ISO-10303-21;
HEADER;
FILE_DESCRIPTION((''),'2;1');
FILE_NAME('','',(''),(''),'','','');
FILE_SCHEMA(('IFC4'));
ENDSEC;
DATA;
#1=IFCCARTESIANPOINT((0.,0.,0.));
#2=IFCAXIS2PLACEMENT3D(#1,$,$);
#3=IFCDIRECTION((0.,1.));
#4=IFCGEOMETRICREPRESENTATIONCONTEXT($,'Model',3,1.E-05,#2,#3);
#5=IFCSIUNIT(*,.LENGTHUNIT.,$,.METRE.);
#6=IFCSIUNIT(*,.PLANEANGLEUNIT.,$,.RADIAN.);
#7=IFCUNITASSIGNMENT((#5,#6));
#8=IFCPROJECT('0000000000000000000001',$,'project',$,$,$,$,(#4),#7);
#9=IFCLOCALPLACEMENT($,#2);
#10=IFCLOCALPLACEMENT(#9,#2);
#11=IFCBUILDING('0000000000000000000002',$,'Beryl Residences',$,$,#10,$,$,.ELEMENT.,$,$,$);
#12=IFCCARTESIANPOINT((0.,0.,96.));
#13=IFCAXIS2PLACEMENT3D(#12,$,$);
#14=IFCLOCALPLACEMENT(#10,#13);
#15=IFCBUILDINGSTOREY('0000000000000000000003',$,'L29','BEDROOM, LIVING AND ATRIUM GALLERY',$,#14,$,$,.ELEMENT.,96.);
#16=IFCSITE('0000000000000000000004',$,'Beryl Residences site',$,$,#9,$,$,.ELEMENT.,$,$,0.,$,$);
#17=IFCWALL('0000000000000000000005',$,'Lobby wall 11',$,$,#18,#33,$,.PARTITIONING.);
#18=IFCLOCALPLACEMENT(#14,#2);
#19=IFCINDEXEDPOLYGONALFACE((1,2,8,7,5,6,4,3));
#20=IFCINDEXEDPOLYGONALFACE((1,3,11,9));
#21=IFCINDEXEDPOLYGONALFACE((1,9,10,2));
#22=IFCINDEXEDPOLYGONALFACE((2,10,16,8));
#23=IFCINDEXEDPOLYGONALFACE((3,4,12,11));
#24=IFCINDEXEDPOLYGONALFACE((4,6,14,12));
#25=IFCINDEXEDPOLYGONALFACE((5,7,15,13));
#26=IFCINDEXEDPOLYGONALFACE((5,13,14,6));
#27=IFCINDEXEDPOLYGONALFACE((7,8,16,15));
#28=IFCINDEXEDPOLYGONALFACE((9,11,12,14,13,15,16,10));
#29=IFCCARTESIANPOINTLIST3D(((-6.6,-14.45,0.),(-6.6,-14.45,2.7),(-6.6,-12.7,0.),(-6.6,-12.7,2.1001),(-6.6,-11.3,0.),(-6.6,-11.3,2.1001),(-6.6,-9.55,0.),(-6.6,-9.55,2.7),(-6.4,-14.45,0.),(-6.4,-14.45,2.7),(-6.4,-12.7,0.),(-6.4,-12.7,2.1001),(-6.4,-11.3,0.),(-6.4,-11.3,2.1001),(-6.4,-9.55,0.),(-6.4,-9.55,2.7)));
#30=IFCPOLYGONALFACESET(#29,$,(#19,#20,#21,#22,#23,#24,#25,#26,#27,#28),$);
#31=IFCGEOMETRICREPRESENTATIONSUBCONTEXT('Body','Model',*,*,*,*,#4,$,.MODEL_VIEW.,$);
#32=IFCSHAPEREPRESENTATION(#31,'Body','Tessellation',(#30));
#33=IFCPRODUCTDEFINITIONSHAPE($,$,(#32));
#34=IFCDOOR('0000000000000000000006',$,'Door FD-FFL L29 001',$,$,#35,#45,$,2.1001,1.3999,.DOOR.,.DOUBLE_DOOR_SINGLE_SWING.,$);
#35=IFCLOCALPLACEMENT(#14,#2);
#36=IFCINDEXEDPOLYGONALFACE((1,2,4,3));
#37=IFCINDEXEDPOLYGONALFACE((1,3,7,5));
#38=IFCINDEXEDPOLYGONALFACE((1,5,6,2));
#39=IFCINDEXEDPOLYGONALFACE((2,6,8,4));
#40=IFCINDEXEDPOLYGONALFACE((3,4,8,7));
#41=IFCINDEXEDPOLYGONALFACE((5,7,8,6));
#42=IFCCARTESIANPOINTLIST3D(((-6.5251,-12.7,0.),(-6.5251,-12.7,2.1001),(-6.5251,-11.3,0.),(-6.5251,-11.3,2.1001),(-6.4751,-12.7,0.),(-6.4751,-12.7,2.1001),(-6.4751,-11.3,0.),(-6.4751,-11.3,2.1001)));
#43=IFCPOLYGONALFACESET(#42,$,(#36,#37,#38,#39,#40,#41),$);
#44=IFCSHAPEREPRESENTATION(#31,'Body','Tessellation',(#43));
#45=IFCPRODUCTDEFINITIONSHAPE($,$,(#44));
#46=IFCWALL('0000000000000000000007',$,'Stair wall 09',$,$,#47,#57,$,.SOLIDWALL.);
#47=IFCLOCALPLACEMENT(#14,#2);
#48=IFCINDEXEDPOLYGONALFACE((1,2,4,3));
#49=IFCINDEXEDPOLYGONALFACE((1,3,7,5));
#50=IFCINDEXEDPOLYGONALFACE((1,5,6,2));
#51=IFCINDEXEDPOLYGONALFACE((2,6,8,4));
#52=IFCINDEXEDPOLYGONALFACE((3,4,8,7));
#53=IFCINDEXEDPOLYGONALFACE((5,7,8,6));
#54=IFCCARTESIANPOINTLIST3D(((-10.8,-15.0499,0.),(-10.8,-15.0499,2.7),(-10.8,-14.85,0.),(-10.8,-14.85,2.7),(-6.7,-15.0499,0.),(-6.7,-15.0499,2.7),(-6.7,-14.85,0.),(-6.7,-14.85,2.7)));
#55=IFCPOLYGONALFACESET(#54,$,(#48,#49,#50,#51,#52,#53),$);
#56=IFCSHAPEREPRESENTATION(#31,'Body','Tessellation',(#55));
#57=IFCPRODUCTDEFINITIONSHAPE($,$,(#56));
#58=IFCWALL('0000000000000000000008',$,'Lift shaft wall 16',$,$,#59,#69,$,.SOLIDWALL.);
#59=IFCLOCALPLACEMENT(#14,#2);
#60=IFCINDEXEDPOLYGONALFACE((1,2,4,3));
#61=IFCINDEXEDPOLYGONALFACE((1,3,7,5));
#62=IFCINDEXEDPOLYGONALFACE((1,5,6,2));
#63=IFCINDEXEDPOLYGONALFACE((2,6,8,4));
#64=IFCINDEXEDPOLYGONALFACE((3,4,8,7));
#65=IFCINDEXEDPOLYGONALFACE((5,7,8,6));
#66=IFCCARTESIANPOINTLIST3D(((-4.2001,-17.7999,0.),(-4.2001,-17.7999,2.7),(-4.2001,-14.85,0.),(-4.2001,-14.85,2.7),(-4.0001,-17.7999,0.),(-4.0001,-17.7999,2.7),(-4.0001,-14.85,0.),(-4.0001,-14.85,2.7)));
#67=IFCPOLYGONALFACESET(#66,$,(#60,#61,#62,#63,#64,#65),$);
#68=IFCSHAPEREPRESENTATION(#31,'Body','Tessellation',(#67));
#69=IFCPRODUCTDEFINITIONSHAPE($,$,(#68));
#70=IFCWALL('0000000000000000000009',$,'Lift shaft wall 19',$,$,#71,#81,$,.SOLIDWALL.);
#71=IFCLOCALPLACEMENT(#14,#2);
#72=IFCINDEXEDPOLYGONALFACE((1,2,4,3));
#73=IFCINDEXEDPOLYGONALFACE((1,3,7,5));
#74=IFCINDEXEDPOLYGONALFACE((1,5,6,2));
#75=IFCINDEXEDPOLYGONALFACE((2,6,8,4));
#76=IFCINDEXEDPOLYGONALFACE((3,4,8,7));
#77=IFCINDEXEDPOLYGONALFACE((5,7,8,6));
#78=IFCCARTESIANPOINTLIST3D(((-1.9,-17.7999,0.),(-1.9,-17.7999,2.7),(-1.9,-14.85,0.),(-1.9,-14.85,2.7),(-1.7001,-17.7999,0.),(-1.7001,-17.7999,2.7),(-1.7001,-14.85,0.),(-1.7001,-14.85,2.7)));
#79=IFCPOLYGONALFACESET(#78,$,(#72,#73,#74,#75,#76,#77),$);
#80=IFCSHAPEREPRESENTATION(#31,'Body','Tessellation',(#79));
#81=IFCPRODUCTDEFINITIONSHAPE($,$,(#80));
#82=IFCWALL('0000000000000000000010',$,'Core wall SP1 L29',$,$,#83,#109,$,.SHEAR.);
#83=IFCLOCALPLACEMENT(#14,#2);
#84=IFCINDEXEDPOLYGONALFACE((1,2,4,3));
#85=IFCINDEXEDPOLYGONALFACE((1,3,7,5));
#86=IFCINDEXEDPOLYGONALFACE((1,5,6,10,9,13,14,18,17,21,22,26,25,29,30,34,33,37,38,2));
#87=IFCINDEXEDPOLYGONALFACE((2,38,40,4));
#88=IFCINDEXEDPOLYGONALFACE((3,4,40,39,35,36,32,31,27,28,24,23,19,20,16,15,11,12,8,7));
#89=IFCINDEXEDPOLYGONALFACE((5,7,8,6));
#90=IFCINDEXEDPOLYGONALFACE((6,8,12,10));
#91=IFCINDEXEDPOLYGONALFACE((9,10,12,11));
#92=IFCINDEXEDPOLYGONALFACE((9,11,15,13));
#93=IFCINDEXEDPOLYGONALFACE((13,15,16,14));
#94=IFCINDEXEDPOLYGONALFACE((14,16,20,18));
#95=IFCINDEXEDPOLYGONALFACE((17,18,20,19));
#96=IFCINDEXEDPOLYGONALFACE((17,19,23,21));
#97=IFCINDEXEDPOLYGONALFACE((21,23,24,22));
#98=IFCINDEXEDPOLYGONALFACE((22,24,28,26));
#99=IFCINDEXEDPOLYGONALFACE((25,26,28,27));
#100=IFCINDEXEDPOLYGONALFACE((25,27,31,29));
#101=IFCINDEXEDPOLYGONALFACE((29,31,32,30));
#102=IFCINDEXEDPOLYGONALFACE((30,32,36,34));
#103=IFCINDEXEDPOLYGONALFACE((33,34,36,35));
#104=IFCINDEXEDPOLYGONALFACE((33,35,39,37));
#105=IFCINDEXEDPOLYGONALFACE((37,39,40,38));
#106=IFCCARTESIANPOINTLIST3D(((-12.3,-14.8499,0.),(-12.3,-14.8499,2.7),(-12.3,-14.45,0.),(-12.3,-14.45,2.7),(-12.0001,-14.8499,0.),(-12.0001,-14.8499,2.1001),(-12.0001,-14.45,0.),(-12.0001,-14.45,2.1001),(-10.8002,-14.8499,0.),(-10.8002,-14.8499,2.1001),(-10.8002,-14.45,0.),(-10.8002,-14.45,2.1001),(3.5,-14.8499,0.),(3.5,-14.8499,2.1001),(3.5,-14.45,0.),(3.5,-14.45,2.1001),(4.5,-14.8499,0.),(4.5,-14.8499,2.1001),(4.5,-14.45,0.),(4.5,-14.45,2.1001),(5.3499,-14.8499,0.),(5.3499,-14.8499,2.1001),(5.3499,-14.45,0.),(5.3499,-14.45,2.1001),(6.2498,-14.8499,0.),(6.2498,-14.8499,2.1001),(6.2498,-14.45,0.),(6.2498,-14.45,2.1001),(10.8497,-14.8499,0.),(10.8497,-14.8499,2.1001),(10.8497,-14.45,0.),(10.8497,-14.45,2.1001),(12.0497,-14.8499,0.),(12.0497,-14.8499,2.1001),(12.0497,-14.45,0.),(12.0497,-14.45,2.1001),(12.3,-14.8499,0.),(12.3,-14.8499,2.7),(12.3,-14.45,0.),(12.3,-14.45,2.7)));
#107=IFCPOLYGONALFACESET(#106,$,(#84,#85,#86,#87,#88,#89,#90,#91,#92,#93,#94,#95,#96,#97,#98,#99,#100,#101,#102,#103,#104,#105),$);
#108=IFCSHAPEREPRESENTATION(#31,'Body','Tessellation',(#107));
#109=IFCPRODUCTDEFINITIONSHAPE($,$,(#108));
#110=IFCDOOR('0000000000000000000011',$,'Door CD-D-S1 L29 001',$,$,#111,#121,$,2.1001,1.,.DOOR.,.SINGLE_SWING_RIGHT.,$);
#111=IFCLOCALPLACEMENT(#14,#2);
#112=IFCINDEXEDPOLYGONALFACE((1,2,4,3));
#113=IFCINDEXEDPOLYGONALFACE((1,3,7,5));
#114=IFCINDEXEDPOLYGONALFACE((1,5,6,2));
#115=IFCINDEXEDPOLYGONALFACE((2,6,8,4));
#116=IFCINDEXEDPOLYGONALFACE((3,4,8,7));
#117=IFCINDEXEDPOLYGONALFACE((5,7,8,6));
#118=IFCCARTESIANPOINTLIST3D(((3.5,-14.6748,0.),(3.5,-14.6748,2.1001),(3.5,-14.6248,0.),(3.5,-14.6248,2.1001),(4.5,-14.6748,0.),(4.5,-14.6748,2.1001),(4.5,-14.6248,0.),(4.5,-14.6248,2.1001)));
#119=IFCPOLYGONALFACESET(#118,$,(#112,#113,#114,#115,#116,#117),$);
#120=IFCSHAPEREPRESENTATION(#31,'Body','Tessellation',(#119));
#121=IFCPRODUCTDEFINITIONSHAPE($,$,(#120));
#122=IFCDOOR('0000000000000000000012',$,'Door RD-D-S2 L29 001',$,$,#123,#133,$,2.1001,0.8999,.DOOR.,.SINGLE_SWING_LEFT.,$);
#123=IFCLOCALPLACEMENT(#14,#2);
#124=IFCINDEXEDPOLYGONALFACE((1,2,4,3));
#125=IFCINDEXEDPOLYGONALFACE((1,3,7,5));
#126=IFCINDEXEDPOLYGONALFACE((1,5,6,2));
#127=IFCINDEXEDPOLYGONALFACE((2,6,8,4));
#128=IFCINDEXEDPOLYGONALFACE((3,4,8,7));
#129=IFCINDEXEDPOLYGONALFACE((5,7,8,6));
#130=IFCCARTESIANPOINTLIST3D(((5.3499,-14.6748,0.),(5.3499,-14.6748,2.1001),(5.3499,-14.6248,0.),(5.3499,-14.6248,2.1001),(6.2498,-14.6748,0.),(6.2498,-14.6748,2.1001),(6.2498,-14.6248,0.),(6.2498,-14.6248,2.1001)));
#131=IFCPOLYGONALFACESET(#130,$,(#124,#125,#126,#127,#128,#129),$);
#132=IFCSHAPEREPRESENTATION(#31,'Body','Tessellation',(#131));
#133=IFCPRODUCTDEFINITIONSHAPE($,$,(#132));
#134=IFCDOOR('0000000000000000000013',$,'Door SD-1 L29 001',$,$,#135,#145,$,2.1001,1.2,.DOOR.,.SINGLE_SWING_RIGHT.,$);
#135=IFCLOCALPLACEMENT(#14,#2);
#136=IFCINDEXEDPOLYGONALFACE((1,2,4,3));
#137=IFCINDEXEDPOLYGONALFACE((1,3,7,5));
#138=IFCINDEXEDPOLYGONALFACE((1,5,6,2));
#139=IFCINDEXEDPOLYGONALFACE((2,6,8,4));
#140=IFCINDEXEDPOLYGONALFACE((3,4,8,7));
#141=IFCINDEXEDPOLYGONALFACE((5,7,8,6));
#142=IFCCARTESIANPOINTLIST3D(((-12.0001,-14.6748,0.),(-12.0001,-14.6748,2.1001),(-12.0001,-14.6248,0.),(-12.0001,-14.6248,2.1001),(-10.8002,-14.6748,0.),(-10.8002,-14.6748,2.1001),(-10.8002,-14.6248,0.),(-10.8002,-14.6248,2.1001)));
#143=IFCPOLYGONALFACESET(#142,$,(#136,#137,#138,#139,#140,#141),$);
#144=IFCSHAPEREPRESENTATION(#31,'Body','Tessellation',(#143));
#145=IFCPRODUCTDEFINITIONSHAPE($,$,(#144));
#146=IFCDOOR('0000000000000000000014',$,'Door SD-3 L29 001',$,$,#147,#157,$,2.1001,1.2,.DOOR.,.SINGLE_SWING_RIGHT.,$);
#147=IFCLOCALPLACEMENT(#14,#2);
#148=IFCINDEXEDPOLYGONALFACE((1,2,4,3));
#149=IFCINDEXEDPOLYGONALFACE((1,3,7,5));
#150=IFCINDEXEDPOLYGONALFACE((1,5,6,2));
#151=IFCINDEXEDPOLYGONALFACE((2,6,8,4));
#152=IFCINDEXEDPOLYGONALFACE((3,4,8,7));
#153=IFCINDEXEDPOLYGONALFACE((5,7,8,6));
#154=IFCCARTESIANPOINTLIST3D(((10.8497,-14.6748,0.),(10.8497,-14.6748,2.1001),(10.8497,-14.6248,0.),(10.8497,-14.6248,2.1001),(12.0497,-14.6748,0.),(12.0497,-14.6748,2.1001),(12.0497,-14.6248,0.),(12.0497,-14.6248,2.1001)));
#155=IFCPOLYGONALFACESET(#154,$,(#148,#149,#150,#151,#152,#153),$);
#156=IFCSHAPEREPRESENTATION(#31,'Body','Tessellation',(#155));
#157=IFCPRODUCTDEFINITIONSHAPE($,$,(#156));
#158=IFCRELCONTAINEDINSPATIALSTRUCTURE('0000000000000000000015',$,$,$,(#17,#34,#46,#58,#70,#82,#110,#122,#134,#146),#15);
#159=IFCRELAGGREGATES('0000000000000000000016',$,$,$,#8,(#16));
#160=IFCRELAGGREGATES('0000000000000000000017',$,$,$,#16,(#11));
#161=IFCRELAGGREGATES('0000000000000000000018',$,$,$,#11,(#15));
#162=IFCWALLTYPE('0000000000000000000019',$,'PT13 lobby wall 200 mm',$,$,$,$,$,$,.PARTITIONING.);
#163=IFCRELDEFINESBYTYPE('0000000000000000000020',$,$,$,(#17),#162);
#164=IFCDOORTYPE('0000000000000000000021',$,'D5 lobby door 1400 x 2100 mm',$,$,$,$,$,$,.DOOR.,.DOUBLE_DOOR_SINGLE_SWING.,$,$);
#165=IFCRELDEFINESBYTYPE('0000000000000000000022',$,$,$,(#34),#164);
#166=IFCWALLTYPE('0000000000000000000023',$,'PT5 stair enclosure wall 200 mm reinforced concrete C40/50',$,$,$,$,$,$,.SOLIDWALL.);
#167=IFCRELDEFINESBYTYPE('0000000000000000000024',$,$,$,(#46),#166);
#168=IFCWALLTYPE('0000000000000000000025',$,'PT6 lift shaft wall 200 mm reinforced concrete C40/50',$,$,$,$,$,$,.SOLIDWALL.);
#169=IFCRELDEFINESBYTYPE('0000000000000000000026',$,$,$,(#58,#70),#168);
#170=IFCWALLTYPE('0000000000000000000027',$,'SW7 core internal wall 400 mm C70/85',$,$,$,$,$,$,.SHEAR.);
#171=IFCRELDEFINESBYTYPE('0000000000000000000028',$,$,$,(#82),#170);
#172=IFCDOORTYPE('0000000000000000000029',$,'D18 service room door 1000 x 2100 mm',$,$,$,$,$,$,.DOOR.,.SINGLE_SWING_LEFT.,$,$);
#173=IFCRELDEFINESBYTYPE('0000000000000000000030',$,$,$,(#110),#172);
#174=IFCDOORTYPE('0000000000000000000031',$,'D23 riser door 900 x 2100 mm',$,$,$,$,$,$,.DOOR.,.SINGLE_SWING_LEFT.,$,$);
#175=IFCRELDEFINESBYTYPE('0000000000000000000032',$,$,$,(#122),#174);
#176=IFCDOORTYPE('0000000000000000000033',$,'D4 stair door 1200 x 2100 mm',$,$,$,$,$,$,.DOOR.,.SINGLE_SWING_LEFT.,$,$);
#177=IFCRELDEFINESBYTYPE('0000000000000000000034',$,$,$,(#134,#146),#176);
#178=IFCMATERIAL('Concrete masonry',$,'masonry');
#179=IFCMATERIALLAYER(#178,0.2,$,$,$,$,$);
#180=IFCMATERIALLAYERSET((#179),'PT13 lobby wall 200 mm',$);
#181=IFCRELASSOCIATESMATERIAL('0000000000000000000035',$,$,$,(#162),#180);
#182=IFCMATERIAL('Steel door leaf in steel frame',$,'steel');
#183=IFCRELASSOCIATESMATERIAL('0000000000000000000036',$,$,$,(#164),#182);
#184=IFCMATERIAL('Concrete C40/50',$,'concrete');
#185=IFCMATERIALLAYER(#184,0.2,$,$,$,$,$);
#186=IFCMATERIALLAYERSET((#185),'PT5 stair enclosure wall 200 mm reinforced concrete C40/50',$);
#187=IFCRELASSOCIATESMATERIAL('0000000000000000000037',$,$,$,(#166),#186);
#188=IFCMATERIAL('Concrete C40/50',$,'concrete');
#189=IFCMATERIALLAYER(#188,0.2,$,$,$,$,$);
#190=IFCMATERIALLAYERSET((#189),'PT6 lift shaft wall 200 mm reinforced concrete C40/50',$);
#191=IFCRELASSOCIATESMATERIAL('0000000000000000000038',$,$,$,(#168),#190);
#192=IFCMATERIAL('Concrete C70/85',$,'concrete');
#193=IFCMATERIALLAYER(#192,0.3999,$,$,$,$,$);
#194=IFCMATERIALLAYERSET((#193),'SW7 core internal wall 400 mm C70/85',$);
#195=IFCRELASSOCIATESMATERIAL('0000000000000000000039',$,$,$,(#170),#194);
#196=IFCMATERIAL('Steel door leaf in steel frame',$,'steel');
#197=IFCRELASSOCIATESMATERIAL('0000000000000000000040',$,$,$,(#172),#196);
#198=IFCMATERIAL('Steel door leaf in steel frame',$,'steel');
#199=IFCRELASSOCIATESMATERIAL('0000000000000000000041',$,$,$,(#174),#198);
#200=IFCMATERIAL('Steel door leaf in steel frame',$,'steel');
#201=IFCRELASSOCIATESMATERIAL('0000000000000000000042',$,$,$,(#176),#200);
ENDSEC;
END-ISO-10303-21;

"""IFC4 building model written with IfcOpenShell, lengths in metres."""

from ifc_helpers import new_model, si_unit, direction, frame, frame_2d, origin, place, context, subcontext, project, spatial, rectangle, extrude, material, layer, layer_set, type_object, element, fill, save


model = new_model("IFC4")

# Units and contexts
model_context = context("Model", 3, precision=1e-05, world=origin(), true_north=direction((0.0, 1.0)))
body_context = subcontext(model_context, "Body", "Model", "MODEL_VIEW")
ifc_project = project(units=[si_unit("LENGTHUNIT", "METRE"), si_unit("PLANEANGLEUNIT", "RADIAN")], contexts=[model_context])

# Site, building, storey
site_placement = place(None, origin())
site = spatial("IfcSite", under=ifc_project, at=site_placement, Name="Beryl Residences site", CompositionType="ELEMENT", RefElevation=0.0)
building_placement = place(site_placement, origin())
building = spatial("IfcBuilding", under=site, at=building_placement, Name="Beryl Residences", CompositionType="ELEMENT")
storey_placement = place(building_placement, frame((0.0, 0.0, 96.0)))
storey = spatial("IfcBuildingStorey", under=building, at=storey_placement, Name="L29", Description="BEDROOM, LIVING AND ATRIUM GALLERY", CompositionType="ELEMENT", Elevation=96.0)

# Wall, opening, door
ifc_material_1 = material(Name="Concrete masonry", Category="masonry")
ifc_layer_1 = layer(ifc_material_1, 0.2)
ifc_layer_set_1 = layer_set([ifc_layer_1], Name="PT13 lobby wall 200 mm")
wall_type_1 = type_object("IfcWallType", Name="PT13 lobby wall 200 mm", PredefinedType="PARTITIONING", material=ifc_layer_set_1)
wall_1_placement = place(storey_placement, frame((-6.5, -14.45, 0.0), z_axis=(0.0, 0.0, 1.0), x_axis=(0.0, 1.0, 0.0)))
wall_1 = element("IfcWall", 1, at=wall_1_placement, inside=storey, type_object=wall_type_1, Name="Lobby wall 11", PredefinedType="PARTITIONING", context=body_context, shape_type="SweptSolid", body=[
    extrude(rectangle(XDim=4.8999, YDim=0.2, at=frame_2d((2.45, 0.0))), origin(), (0.0, 0.0, 1.0), 2.7),
])
opening_1_placement = place(wall_1_placement, frame((3.1499, 0.0, 0.0), z_axis=(0.0, 0.0, 1.0), x_axis=(-1.0, 0.0, 0.0)))
opening_1 = element("IfcOpeningElement", 2, at=opening_1_placement, cuts=wall_1, PredefinedType="OPENING", context=body_context, shape_type="SweptSolid", body=[
    extrude(rectangle(XDim=1.3999, YDim=2.1001, at=frame_2d((0.7, 1.05))), frame((0.0, 0.1099, 0.0), z_axis=(0.0, -1.0, 0.0), x_axis=(1.0, 0.0, 0.0)), (0.0, 0.0, 1.0), 0.22),
])
ifc_material_2 = material(Name="Steel door leaf in steel frame", Category="steel")
door_type_1 = type_object("IfcDoorType", Name="D5 lobby door 1400 x 2100 mm", OperationType="DOUBLE_DOOR_SINGLE_SWING", PredefinedType="DOOR", material=ifc_material_2)
door_1_placement = place(opening_1_placement, origin())
door_1 = element("IfcDoor", 3, at=door_1_placement, inside=storey, type_object=door_type_1, Name="Door FD-FFL L29 001", OperationType="DOUBLE_DOOR_SINGLE_SWING", OverallHeight=2.1001, OverallWidth=1.3999, PredefinedType="DOOR", context=body_context, shape_type="SweptSolid", body=[
    extrude(rectangle(XDim=1.3999, YDim=2.1001, at=frame_2d((0.7, 1.05))), frame((0.0, 0.0249, 0.0), z_axis=(0.0, -1.0, 0.0), x_axis=(1.0, 0.0, 0.0)), (0.0, 0.0, 1.0), 0.05),
])
fill(opening_1, door_1)

# Walls
ifc_material_3 = material(Name="Concrete C40/50", Category="concrete")
ifc_layer_2 = layer(ifc_material_3, 0.2)
ifc_layer_set_2 = layer_set([ifc_layer_2], Name="PT5 stair enclosure wall 200 mm reinforced concrete C40/50")
wall_type_2 = type_object("IfcWallType", Name="PT5 stair enclosure wall 200 mm reinforced concrete C40/50", PredefinedType="SOLIDWALL", material=ifc_layer_set_2)
wall_2_placement = place(storey_placement, frame((-10.8, -14.95, 0.0), z_axis=(0.0, 0.0, 1.0), x_axis=(1.0, 0.0, 0.0)))
element("IfcWall", 4, at=wall_2_placement, inside=storey, type_object=wall_type_2, Name="Stair wall 09", PredefinedType="SOLIDWALL", context=body_context, shape_type="SweptSolid", body=[
    extrude(rectangle(XDim=4.1001, YDim=0.2, at=frame_2d((2.05, 0.0))), origin(), (0.0, 0.0, 1.0), 2.7),
])
ifc_material_4 = material(Name="Concrete C40/50", Category="concrete")
ifc_layer_3 = layer(ifc_material_4, 0.2)
ifc_layer_set_3 = layer_set([ifc_layer_3], Name="PT6 lift shaft wall 200 mm reinforced concrete C40/50")
wall_type_3 = type_object("IfcWallType", Name="PT6 lift shaft wall 200 mm reinforced concrete C40/50", PredefinedType="SOLIDWALL", material=ifc_layer_set_3)
for number, where, z_axis, x_axis, name in (
    (5, (-4.1001, -17.8, 0.0), (0.0, 0.0, 1.0), (0.0, 1.0, 0.0), "Lift shaft wall 16"),
    (6, (-1.8, -17.8, 0.0), (0.0, 0.0, 1.0), (0.0, 1.0, 0.0), "Lift shaft wall 19"),
):
    element("IfcWall", number, at=place(storey_placement, frame(where, z_axis=z_axis, x_axis=x_axis)), inside=storey, type_object=wall_type_3, Name=name, PredefinedType="SOLIDWALL", context=body_context, shape_type="SweptSolid", body=[
        extrude(rectangle(XDim=2.95, YDim=0.2, at=frame_2d((1.4751, 0.0))), origin(), (0.0, 0.0, 1.0), 2.7),
    ])

# Wall, openings, doors
ifc_material_5 = material(Name="Concrete C70/85", Category="concrete")
ifc_layer_4 = layer(ifc_material_5, 0.3999)
ifc_layer_set_4 = layer_set([ifc_layer_4], Name="SW7 core internal wall 400 mm C70/85")
wall_type_4 = type_object("IfcWallType", Name="SW7 core internal wall 400 mm C70/85", PredefinedType="SHEAR", material=ifc_layer_set_4)
wall_3_placement = place(storey_placement, frame((-12.3, -14.6499, 0.0), z_axis=(0.0, 0.0, 1.0), x_axis=(1.0, 0.0, 0.0)))
wall_3 = element("IfcWall", 7, at=wall_3_placement, inside=storey, type_object=wall_type_4, Name="Core wall SP1 L29", PredefinedType="SHEAR", context=body_context, shape_type="SweptSolid", body=[
    extrude(rectangle(XDim=24.6001, YDim=0.3999, at=frame_2d((12.3, 0.0))), origin(), (0.0, 0.0, 1.0), 2.7),
])
opening_2_placement = place(wall_3_placement, frame((1.5, 0.0, 0.0), z_axis=(0.0, 0.0, 1.0), x_axis=(-1.0, 0.0, 0.0)))
opening_2 = element("IfcOpeningElement", 8, at=opening_2_placement, cuts=wall_3, PredefinedType="OPENING", context=body_context, shape_type="SweptSolid", body=[
    extrude(rectangle(XDim=1.2, YDim=2.1001, at=frame_2d((0.6001, 1.05))), frame((0.0, 0.21, 0.0), z_axis=(0.0, -1.0, 0.0), x_axis=(1.0, 0.0, 0.0)), (0.0, 0.0, 1.0), 0.4199),
])
opening_3_placement = place(wall_3_placement, frame((24.3499, 0.0, 0.0), z_axis=(0.0, 0.0, 1.0), x_axis=(-1.0, 0.0, 0.0)))
opening_3 = element("IfcOpeningElement", 9, at=opening_3_placement, cuts=wall_3, PredefinedType="OPENING", context=body_context, shape_type="SweptSolid", body=[
    extrude(rectangle(XDim=1.2, YDim=2.1001, at=frame_2d((0.6001, 1.05))), frame((0.0, 0.21, 0.0), z_axis=(0.0, -1.0, 0.0), x_axis=(1.0, 0.0, 0.0)), (0.0, 0.0, 1.0), 0.4199),
])
opening_4_placement = place(wall_3_placement, frame((16.8, 0.0, 0.0), z_axis=(0.0, 0.0, 1.0), x_axis=(-1.0, 0.0, 0.0)))
opening_4 = element("IfcOpeningElement", 10, at=opening_4_placement, cuts=wall_3, PredefinedType="OPENING", context=body_context, shape_type="SweptSolid", body=[
    extrude(rectangle(XDim=1.0, YDim=2.1001, at=frame_2d((0.5, 1.05))), frame((0.0, 0.21, 0.0), z_axis=(0.0, -1.0, 0.0), x_axis=(1.0, 0.0, 0.0)), (0.0, 0.0, 1.0), 0.4199),
])
opening_5_placement = place(wall_3_placement, frame((18.5498, 0.0, 0.0), z_axis=(0.0, 0.0, 1.0), x_axis=(-1.0, 0.0, 0.0)))
opening_5 = element("IfcOpeningElement", 11, at=opening_5_placement, cuts=wall_3, PredefinedType="OPENING", context=body_context, shape_type="SweptSolid", body=[
    extrude(rectangle(XDim=0.8999, YDim=2.1001, at=frame_2d((0.45, 1.05))), frame((0.0, 0.21, 0.0), z_axis=(0.0, -1.0, 0.0), x_axis=(1.0, 0.0, 0.0)), (0.0, 0.0, 1.0), 0.4199),
])
ifc_material_6 = material(Name="Steel door leaf in steel frame", Category="steel")
door_type_2 = type_object("IfcDoorType", Name="D18 service room door 1000 x 2100 mm", OperationType="SINGLE_SWING_LEFT", PredefinedType="DOOR", material=ifc_material_6)
door_2_placement = place(opening_4_placement, origin())
door_2 = element("IfcDoor", 12, at=door_2_placement, inside=storey, type_object=door_type_2, Name="Door CD-D-S1 L29 001", OperationType="SINGLE_SWING_RIGHT", OverallHeight=2.1001, OverallWidth=1.0, PredefinedType="DOOR", context=body_context, shape_type="SweptSolid", body=[
    extrude(rectangle(XDim=1.0, YDim=2.1001, at=frame_2d((0.5, 1.05))), frame((0.0, 0.0249, 0.0), z_axis=(0.0, -1.0, 0.0), x_axis=(1.0, 0.0, 0.0)), (0.0, 0.0, 1.0), 0.05),
])
fill(opening_4, door_2)
ifc_material_7 = material(Name="Steel door leaf in steel frame", Category="steel")
door_type_3 = type_object("IfcDoorType", Name="D23 riser door 900 x 2100 mm", OperationType="SINGLE_SWING_LEFT", PredefinedType="DOOR", material=ifc_material_7)
door_3_placement = place(opening_5_placement, origin())
door_3 = element("IfcDoor", 13, at=door_3_placement, inside=storey, type_object=door_type_3, Name="Door RD-D-S2 L29 001", OperationType="SINGLE_SWING_LEFT", OverallHeight=2.1001, OverallWidth=0.8999, PredefinedType="DOOR", context=body_context, shape_type="SweptSolid", body=[
    extrude(rectangle(XDim=0.8999, YDim=2.1001, at=frame_2d((0.45, 1.05))), frame((0.0, 0.0249, 0.0), z_axis=(0.0, -1.0, 0.0), x_axis=(1.0, 0.0, 0.0)), (0.0, 0.0, 1.0), 0.05),
])
fill(opening_5, door_3)
ifc_material_8 = material(Name="Steel door leaf in steel frame", Category="steel")
door_type_4 = type_object("IfcDoorType", Name="D4 stair door 1200 x 2100 mm", OperationType="SINGLE_SWING_LEFT", PredefinedType="DOOR", material=ifc_material_8)
door_4_placement = place(opening_2_placement, origin())
door_4 = element("IfcDoor", 14, at=door_4_placement, inside=storey, type_object=door_type_4, Name="Door SD-1 L29 001", OperationType="SINGLE_SWING_RIGHT", OverallHeight=2.1001, OverallWidth=1.2, PredefinedType="DOOR", context=body_context, shape_type="SweptSolid", body=[
    extrude(rectangle(XDim=1.2, YDim=2.1001, at=frame_2d((0.6001, 1.05))), frame((0.0, 0.0249, 0.0), z_axis=(0.0, -1.0, 0.0), x_axis=(1.0, 0.0, 0.0)), (0.0, 0.0, 1.0), 0.05),
])
fill(opening_2, door_4)
door_5_placement = place(opening_3_placement, origin())
door_5 = element("IfcDoor", 15, at=door_5_placement, inside=storey, type_object=door_type_4, Name="Door SD-3 L29 001", OperationType="SINGLE_SWING_RIGHT", OverallHeight=2.1001, OverallWidth=1.2, PredefinedType="DOOR", context=body_context, shape_type="SweptSolid", body=[
    extrude(rectangle(XDim=1.2, YDim=2.1001, at=frame_2d((0.6001, 1.05))), frame((0.0, 0.0249, 0.0), z_axis=(0.0, -1.0, 0.0), x_axis=(1.0, 0.0, 0.0)), (0.0, 0.0, 1.0), 0.05),
])
fill(opening_3, door_5)

save(model, "model.ifc")
